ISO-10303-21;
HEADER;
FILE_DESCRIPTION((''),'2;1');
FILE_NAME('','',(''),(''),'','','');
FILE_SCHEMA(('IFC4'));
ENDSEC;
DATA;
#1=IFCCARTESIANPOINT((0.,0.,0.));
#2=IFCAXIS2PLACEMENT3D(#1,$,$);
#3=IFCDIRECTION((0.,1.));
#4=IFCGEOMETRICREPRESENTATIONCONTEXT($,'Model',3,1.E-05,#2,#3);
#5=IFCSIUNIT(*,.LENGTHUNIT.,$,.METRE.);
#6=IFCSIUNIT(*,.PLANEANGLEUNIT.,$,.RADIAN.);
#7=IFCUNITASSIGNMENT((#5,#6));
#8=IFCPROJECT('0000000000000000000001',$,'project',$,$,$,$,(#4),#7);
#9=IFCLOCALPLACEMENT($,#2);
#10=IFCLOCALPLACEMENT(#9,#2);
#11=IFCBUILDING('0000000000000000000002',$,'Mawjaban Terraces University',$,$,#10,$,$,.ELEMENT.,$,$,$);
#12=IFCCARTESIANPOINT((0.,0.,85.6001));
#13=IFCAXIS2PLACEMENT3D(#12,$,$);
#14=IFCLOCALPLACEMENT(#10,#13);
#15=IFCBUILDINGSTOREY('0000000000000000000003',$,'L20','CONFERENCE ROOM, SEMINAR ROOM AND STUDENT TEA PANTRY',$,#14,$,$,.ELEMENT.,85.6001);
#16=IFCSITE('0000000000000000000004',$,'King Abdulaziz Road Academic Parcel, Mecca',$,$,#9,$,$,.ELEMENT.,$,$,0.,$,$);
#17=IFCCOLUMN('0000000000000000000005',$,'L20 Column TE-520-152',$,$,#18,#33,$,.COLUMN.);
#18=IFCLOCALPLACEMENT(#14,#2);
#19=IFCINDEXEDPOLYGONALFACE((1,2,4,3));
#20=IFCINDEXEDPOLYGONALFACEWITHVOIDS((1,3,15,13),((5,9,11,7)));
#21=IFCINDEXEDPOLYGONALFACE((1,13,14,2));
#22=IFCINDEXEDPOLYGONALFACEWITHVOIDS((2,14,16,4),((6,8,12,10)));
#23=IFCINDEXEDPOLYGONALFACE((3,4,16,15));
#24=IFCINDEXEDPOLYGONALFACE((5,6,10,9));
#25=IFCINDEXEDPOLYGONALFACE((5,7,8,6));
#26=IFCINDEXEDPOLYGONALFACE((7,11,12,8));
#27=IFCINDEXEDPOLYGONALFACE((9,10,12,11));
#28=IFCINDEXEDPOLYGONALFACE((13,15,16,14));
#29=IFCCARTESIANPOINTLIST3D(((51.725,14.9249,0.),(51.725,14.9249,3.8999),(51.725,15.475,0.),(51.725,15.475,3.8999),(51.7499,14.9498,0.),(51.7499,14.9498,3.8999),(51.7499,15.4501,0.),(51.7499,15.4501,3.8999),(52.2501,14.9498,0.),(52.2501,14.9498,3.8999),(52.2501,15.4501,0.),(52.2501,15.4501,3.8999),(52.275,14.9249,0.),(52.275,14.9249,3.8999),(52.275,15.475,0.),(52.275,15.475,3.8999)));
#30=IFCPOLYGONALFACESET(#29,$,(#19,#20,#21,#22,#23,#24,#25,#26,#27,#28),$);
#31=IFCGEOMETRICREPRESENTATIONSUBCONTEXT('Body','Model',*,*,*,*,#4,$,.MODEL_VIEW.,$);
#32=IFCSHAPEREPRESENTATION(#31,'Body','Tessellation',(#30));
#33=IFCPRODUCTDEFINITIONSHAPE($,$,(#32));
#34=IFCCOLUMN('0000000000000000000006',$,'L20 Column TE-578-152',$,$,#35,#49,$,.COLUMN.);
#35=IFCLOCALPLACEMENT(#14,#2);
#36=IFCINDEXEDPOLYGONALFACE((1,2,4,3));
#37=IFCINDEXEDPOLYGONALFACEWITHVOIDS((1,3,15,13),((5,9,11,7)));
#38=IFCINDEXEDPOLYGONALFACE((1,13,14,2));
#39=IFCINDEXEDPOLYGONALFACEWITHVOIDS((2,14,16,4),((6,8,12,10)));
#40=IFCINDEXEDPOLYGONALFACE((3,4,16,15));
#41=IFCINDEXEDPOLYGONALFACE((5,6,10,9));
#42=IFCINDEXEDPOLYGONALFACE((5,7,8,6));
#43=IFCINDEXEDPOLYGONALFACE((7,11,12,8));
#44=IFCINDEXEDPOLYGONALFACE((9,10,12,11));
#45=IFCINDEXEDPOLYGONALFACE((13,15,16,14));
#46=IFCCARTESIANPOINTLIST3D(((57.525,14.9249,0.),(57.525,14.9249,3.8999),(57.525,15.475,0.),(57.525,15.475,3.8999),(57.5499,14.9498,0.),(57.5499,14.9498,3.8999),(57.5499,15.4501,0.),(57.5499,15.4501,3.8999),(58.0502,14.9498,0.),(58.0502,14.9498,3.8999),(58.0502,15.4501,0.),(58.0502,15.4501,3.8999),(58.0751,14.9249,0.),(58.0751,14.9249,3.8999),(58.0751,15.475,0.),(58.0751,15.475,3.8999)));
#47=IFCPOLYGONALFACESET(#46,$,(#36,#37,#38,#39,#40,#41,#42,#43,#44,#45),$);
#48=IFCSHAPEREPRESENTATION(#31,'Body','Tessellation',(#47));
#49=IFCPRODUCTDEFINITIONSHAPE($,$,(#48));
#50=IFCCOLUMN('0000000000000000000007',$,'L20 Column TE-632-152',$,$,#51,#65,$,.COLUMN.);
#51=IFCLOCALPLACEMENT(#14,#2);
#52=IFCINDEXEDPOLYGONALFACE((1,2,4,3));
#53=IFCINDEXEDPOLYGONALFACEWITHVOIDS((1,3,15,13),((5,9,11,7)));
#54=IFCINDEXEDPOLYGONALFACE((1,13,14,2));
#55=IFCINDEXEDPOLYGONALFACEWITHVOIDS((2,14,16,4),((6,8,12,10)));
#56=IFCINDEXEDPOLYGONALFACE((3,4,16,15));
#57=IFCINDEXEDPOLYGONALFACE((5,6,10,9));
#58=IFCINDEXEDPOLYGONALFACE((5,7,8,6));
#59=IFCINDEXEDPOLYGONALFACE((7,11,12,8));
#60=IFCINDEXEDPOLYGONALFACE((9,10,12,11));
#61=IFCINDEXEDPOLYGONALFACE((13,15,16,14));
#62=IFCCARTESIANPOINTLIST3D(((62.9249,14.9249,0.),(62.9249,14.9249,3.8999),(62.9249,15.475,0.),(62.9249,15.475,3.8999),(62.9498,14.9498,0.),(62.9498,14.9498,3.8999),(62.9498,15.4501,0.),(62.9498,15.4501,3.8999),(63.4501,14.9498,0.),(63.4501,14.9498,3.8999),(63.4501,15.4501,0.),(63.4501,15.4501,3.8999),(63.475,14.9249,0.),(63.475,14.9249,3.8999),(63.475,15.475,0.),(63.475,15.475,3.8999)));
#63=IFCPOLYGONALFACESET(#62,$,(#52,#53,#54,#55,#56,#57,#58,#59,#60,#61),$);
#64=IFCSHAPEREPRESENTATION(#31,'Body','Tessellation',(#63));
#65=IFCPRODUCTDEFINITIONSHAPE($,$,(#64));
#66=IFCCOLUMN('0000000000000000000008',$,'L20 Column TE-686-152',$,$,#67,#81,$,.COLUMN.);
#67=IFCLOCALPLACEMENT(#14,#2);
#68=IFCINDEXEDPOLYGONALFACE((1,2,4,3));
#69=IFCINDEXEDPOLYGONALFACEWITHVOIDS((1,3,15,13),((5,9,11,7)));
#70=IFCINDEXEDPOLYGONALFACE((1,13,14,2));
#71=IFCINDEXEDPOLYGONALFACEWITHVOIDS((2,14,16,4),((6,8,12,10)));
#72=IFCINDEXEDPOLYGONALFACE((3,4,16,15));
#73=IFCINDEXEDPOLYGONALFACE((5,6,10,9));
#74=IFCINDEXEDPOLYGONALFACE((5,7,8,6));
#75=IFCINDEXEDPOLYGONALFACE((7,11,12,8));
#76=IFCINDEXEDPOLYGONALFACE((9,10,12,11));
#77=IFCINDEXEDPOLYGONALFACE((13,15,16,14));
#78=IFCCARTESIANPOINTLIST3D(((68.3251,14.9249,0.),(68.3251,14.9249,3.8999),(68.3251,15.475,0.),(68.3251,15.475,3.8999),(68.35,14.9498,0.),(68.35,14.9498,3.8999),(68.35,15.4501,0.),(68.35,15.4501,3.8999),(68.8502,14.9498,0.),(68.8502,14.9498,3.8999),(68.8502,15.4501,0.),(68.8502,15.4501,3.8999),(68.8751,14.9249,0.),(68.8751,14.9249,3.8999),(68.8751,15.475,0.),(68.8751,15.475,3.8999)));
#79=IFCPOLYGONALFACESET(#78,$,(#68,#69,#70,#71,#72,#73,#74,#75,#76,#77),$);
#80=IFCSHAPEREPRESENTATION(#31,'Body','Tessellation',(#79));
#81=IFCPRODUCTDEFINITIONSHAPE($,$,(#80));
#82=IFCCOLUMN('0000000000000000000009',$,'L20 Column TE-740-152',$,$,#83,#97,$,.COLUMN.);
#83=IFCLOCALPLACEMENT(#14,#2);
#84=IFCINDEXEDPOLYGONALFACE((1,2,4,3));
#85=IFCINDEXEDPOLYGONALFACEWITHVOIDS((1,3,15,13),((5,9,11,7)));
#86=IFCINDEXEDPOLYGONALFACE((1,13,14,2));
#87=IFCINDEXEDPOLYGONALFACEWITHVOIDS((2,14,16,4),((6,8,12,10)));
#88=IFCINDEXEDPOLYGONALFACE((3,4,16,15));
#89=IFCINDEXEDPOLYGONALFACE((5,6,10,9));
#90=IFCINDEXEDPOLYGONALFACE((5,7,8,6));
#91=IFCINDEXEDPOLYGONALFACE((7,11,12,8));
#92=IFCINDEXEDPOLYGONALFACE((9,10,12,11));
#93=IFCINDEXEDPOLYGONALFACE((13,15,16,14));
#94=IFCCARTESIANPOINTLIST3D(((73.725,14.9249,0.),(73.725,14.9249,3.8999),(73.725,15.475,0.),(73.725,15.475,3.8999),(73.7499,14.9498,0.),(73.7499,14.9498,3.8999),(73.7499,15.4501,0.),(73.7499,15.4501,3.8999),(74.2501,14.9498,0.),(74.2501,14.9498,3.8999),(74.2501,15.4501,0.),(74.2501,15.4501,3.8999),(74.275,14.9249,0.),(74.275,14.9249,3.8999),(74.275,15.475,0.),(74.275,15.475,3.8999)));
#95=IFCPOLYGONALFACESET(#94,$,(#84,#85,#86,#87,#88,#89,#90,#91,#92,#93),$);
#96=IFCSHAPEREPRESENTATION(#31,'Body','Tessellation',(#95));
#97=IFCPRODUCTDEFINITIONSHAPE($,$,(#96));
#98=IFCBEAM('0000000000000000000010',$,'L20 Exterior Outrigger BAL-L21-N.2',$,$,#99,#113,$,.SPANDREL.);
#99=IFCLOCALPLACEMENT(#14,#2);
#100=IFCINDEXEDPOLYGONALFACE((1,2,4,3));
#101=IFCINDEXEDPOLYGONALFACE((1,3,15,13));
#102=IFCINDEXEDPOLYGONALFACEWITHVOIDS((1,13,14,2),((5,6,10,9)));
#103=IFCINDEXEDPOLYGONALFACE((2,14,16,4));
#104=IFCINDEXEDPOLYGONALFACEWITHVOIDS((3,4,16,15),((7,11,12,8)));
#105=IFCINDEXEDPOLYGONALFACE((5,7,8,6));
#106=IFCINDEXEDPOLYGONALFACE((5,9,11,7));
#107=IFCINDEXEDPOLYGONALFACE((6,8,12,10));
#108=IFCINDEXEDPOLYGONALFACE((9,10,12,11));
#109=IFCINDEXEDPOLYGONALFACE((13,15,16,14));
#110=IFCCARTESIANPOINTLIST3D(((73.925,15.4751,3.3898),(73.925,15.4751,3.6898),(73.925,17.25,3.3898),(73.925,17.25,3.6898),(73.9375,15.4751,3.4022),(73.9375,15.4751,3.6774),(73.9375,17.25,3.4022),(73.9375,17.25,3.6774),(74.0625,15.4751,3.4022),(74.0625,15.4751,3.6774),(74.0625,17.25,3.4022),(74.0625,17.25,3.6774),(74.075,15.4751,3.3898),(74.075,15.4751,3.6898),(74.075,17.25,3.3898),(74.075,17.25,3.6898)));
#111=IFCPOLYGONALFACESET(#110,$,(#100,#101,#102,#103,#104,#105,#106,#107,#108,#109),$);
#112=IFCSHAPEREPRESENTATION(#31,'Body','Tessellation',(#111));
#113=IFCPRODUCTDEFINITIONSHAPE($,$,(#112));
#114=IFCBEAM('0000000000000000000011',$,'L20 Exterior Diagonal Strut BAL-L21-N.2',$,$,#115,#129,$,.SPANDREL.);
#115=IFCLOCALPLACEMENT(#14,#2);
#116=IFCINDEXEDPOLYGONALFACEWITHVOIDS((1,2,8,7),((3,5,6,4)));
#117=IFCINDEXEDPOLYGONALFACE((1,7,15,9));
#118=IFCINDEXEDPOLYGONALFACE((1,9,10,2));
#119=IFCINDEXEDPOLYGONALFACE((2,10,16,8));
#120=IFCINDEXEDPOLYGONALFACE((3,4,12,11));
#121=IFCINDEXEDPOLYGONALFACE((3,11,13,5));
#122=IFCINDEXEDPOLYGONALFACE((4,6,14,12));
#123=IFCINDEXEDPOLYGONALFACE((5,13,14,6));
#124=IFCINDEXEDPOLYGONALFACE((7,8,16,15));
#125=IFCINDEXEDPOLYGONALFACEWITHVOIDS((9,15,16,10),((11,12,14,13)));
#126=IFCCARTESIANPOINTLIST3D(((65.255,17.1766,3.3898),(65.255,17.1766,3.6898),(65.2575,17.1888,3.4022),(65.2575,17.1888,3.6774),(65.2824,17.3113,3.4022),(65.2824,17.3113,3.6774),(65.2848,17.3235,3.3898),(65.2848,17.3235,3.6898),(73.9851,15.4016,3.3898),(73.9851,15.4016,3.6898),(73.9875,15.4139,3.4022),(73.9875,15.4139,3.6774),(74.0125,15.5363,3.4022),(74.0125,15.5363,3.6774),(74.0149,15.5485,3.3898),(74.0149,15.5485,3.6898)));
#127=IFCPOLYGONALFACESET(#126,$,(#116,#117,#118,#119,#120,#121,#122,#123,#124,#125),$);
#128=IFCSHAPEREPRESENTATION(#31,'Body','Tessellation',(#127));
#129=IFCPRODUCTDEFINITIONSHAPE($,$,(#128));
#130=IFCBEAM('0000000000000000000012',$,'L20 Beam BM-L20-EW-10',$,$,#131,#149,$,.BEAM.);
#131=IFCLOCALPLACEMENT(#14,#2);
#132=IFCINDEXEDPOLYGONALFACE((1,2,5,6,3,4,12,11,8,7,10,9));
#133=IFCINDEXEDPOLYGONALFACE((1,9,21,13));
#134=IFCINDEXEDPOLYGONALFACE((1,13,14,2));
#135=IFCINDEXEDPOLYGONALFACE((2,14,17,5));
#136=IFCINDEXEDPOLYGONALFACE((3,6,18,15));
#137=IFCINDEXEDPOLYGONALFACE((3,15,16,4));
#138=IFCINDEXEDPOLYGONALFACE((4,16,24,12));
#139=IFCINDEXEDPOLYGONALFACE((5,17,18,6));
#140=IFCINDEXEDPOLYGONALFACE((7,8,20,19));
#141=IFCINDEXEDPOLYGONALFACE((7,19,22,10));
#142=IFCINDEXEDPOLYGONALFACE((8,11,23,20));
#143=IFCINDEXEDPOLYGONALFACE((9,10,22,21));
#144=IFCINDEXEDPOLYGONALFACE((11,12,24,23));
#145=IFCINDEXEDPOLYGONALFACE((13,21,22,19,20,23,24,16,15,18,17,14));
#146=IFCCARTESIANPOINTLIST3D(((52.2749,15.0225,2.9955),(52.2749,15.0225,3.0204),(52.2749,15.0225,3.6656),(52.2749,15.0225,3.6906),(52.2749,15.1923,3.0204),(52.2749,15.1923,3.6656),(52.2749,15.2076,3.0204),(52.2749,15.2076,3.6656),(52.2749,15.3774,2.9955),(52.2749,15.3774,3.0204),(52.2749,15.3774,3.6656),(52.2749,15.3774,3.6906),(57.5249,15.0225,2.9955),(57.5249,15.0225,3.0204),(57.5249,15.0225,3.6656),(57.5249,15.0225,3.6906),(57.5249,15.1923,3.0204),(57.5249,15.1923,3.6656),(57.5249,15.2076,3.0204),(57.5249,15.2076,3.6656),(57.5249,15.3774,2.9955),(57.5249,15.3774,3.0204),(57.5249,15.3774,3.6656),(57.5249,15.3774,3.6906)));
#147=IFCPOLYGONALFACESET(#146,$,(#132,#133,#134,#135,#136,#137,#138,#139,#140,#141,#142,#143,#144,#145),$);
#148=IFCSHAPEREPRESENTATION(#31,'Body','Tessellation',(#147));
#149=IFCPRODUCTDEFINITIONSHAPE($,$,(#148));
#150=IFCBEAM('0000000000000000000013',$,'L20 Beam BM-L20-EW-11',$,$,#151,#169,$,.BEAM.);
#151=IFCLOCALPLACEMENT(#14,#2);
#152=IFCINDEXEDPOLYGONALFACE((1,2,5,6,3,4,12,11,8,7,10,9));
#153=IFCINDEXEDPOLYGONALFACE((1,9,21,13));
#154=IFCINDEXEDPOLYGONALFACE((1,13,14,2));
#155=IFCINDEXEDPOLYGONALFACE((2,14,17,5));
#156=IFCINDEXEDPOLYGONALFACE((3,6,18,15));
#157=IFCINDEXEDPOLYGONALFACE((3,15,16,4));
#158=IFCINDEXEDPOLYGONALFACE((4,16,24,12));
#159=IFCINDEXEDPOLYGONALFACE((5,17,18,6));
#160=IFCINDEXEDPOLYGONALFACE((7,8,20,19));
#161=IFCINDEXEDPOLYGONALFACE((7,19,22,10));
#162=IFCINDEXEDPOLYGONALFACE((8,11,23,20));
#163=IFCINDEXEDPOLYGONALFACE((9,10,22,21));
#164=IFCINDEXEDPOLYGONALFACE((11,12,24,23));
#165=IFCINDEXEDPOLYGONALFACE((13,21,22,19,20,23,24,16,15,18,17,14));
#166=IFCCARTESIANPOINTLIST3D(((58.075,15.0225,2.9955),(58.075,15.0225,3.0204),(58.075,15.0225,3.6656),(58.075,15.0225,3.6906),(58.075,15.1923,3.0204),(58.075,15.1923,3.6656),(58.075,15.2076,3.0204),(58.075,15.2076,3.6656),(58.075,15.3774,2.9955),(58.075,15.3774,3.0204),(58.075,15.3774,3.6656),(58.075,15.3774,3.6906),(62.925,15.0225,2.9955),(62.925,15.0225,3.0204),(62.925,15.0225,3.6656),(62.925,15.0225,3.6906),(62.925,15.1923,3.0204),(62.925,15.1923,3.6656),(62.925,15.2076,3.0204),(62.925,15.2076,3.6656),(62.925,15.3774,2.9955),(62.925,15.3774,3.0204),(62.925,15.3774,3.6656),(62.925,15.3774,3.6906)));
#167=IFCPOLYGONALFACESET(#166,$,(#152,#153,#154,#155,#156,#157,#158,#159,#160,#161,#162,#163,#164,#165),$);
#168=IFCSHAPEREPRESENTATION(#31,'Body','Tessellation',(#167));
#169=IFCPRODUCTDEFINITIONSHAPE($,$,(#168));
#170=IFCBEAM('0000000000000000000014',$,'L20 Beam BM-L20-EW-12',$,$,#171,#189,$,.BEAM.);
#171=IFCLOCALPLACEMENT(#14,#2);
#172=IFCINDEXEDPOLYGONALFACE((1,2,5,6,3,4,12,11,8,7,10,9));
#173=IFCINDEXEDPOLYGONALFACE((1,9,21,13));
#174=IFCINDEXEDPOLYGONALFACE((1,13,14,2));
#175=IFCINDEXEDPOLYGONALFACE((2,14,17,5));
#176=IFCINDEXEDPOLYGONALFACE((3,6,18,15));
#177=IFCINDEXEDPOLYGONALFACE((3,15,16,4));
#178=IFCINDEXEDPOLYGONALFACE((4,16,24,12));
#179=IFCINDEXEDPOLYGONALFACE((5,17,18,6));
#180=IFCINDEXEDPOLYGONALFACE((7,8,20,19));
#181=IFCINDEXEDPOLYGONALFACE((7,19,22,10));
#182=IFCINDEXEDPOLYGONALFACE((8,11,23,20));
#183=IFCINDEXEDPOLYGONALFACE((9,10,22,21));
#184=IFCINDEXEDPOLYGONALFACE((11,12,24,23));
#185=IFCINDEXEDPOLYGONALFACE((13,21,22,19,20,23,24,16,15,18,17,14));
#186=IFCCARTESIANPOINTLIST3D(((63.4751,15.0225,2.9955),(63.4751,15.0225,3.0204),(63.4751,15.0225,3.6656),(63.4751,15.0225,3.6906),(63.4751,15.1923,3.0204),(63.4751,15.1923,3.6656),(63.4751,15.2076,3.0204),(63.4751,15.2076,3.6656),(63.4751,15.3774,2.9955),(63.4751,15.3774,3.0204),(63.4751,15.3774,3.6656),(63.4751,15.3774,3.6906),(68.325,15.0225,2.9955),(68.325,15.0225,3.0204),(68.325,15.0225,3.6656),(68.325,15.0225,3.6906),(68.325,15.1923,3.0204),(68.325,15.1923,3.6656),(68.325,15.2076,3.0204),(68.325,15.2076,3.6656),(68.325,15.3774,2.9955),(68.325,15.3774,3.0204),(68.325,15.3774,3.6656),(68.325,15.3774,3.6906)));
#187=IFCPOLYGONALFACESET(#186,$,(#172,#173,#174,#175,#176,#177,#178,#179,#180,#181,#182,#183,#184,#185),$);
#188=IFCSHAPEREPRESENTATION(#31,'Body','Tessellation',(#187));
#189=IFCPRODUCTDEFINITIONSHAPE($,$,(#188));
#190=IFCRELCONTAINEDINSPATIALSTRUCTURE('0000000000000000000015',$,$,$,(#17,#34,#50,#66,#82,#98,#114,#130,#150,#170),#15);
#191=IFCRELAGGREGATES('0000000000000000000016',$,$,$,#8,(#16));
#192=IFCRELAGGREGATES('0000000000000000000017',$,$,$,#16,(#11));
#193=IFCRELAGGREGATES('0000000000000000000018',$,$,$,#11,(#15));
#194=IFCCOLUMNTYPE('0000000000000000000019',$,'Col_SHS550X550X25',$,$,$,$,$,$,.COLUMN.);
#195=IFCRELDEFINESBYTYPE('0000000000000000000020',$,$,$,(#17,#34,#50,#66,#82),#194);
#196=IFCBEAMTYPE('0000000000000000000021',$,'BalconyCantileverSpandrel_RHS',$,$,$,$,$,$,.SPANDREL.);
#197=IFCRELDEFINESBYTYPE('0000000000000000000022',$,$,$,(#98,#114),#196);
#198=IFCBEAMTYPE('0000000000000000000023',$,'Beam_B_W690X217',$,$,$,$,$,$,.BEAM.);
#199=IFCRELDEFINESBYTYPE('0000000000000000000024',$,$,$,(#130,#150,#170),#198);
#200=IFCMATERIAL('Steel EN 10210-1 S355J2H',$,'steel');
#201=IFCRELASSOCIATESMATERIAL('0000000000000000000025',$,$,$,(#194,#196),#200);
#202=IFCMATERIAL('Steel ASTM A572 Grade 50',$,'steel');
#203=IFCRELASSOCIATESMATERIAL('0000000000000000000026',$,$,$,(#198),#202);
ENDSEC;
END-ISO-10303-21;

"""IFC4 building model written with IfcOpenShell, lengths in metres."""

from ifc_helpers import new_model, si_unit, direction, frame, origin, origin_2d, place, context, subcontext, project, spatial, hollow_rectangle, i_section, extrude, material, material_profile, profile_set, type_object, element, save


model = new_model("IFC4")

# Units and contexts
model_context = context("Model", 3, precision=1e-05, world=origin(), true_north=direction((0.0, 1.0)))
body_context = subcontext(model_context, "Body", "Model", "MODEL_VIEW")
ifc_project = project(units=[si_unit("LENGTHUNIT", "METRE"), si_unit("PLANEANGLEUNIT", "RADIAN")], contexts=[model_context])

# Site, building, storey
site_placement = place(None, origin())
site = spatial("IfcSite", under=ifc_project, at=site_placement, Name="King Abdulaziz Road Academic Parcel, Mecca", CompositionType="ELEMENT", RefElevation=0.0)
building_placement = place(site_placement, origin())
building = spatial("IfcBuilding", under=site, at=building_placement, Name="Mawjaban Terraces University", CompositionType="ELEMENT")
storey_placement = place(building_placement, frame((0.0, 0.0, 85.6001)))
storey = spatial("IfcBuildingStorey", under=building, at=storey_placement, Name="L20", Description="CONFERENCE ROOM, SEMINAR ROOM AND STUDENT TEA PANTRY", CompositionType="ELEMENT", Elevation=85.6001)

# Columns
ifc_material_1 = material(Name="Steel EN 10210-1 S355J2H", Category="steel")
ifc_material_profile_1 = material_profile(ifc_material_1, hollow_rectangle(XDim=0.55, YDim=0.55, WallThickness=0.0249, at=origin_2d()), Name="SHS550X550X25")
ifc_profile_set_1 = profile_set([ifc_material_profile_1], Name="Steel EN 10210-1 S355J2H")
column_type = type_object("IfcColumnType", Name="Col_SHS550X550X25", PredefinedType="COLUMN", material=ifc_profile_set_1)
for number, where, z_axis, x_axis, name in (
    (1, (52.0, 15.2, 0.0), (0.0, 0.0, 1.0), (1.0, 0.0, 0.0), "L20 Column TE-520-152"),
    (2, (57.8, 15.2, 0.0), (0.0, 0.0, 1.0), (1.0, 0.0, 0.0), "L20 Column TE-578-152"),
    (3, (63.2, 15.2, 0.0), (0.0, 0.0, 1.0), (1.0, 0.0, 0.0), "L20 Column TE-632-152"),
    (4, (68.6001, 15.2, 0.0), (0.0, 0.0, 1.0), (1.0, 0.0, 0.0), "L20 Column TE-686-152"),
    (5, (74.0, 15.2, 0.0), (0.0, 0.0, 1.0), (1.0, 0.0, 0.0), "L20 Column TE-740-152"),
):
    element("IfcColumn", number, at=place(storey_placement, frame(where, z_axis=z_axis, x_axis=x_axis)), inside=storey, type_object=column_type, Name=name, PredefinedType="COLUMN", context=body_context, shape_type="SweptSolid", body=[
        extrude(hollow_rectangle(XDim=0.55, YDim=0.55, WallThickness=0.0249, at=origin_2d()), origin(), (0.0, 0.0, 1.0), 3.8999),
    ])

# Beams
ifc_material_profile_2 = material_profile(ifc_material_1, hollow_rectangle(XDim=0.1499, YDim=0.3, WallThickness=0.0125, at=origin_2d()), Name="RHS300X150X12.5")
ifc_profile_set_2 = profile_set([ifc_material_profile_2], Name="Steel EN 10210-1 S355J2H")
beam_type_1 = type_object("IfcBeamType", Name="BalconyCantileverSpandrel_RHS", PredefinedType="SPANDREL", material=ifc_profile_set_2)
beam_1_placement = place(storey_placement, frame((74.0, 15.4751, 3.5398), z_axis=(0.0, 1.0, 0.0), x_axis=(-1.0, 0.0, 0.0)))
element("IfcBeam", 6, at=beam_1_placement, inside=storey, type_object=beam_type_1, Name="L20 Exterior Outrigger BAL-L21-N.2", PredefinedType="SPANDREL", context=body_context, shape_type="SweptSolid", body=[
    extrude(hollow_rectangle(XDim=0.1499, YDim=0.3, WallThickness=0.0125, at=origin_2d()), origin(), (0.0, 0.0, 1.0), 1.7749),
])
beam_2_placement = place(storey_placement, frame((74.0, 15.4751, 3.5398), z_axis=(-0.979952, 0.199235, 0.0), x_axis=(-0.199235, -0.979952, 0.0)))
element("IfcBeam", 7, at=beam_2_placement, inside=storey, type_object=beam_type_1, Name="L20 Exterior Diagonal Strut BAL-L21-N.2", PredefinedType="SPANDREL", context=body_context, shape_type="SweptSolid", body=[
    extrude(hollow_rectangle(XDim=0.1499, YDim=0.3, WallThickness=0.0125, at=origin_2d()), origin(), (0.0, 0.0, 1.0), 8.9087),
])
ifc_material_2 = material(Name="Steel ASTM A572 Grade 50", Category="steel")
ifc_material_profile_3 = material_profile(ifc_material_2, i_section(OverallWidth=0.355, OverallDepth=0.6951, WebThickness=0.0154, FlangeThickness=0.0249, at=origin_2d()), Name="W690X217")
ifc_profile_set_3 = profile_set([ifc_material_profile_3], Name="Steel ASTM A572 Grade 50")
beam_type_2 = type_object("IfcBeamType", Name="Beam_B_W690X217", PredefinedType="BEAM", material=ifc_profile_set_3)
beam_3_placement = place(storey_placement, frame((52.2749, 15.2, 3.343), z_axis=(1.0, 0.0, 0.0), x_axis=(0.0, 1.0, 0.0)))
element("IfcBeam", 8, at=beam_3_placement, inside=storey, type_object=beam_type_2, Name="L20 Beam BM-L20-EW-10", PredefinedType="BEAM", context=body_context, shape_type="SweptSolid", body=[
    extrude(i_section(OverallWidth=0.355, OverallDepth=0.6951, WebThickness=0.0154, FlangeThickness=0.0249, at=origin_2d()), origin(), (0.0, 0.0, 1.0), 5.25),
])
beam_4_placement = place(storey_placement, frame((58.075, 15.2, 3.343), z_axis=(1.0, 0.0, 0.0), x_axis=(0.0, 1.0, 0.0)))
element("IfcBeam", 9, at=beam_4_placement, inside=storey, type_object=beam_type_2, Name="L20 Beam BM-L20-EW-11", PredefinedType="BEAM", context=body_context, shape_type="SweptSolid", body=[
    extrude(i_section(OverallWidth=0.355, OverallDepth=0.6951, WebThickness=0.0154, FlangeThickness=0.0249, at=origin_2d()), origin(), (0.0, 0.0, 1.0), 4.8501),
])
beam_5_placement = place(storey_placement, frame((63.4751, 15.2, 3.343), z_axis=(1.0, 0.0, 0.0), x_axis=(0.0, 1.0, 0.0)))
element("IfcBeam", 10, at=beam_5_placement, inside=storey, type_object=beam_type_2, Name="L20 Beam BM-L20-EW-12", PredefinedType="BEAM", context=body_context, shape_type="SweptSolid", body=[
    extrude(i_section(OverallWidth=0.355, OverallDepth=0.6951, WebThickness=0.0154, FlangeThickness=0.0249, at=origin_2d()), origin(), (0.0, 0.0, 1.0), 4.8499),
])

save(model, "model.ifc")
